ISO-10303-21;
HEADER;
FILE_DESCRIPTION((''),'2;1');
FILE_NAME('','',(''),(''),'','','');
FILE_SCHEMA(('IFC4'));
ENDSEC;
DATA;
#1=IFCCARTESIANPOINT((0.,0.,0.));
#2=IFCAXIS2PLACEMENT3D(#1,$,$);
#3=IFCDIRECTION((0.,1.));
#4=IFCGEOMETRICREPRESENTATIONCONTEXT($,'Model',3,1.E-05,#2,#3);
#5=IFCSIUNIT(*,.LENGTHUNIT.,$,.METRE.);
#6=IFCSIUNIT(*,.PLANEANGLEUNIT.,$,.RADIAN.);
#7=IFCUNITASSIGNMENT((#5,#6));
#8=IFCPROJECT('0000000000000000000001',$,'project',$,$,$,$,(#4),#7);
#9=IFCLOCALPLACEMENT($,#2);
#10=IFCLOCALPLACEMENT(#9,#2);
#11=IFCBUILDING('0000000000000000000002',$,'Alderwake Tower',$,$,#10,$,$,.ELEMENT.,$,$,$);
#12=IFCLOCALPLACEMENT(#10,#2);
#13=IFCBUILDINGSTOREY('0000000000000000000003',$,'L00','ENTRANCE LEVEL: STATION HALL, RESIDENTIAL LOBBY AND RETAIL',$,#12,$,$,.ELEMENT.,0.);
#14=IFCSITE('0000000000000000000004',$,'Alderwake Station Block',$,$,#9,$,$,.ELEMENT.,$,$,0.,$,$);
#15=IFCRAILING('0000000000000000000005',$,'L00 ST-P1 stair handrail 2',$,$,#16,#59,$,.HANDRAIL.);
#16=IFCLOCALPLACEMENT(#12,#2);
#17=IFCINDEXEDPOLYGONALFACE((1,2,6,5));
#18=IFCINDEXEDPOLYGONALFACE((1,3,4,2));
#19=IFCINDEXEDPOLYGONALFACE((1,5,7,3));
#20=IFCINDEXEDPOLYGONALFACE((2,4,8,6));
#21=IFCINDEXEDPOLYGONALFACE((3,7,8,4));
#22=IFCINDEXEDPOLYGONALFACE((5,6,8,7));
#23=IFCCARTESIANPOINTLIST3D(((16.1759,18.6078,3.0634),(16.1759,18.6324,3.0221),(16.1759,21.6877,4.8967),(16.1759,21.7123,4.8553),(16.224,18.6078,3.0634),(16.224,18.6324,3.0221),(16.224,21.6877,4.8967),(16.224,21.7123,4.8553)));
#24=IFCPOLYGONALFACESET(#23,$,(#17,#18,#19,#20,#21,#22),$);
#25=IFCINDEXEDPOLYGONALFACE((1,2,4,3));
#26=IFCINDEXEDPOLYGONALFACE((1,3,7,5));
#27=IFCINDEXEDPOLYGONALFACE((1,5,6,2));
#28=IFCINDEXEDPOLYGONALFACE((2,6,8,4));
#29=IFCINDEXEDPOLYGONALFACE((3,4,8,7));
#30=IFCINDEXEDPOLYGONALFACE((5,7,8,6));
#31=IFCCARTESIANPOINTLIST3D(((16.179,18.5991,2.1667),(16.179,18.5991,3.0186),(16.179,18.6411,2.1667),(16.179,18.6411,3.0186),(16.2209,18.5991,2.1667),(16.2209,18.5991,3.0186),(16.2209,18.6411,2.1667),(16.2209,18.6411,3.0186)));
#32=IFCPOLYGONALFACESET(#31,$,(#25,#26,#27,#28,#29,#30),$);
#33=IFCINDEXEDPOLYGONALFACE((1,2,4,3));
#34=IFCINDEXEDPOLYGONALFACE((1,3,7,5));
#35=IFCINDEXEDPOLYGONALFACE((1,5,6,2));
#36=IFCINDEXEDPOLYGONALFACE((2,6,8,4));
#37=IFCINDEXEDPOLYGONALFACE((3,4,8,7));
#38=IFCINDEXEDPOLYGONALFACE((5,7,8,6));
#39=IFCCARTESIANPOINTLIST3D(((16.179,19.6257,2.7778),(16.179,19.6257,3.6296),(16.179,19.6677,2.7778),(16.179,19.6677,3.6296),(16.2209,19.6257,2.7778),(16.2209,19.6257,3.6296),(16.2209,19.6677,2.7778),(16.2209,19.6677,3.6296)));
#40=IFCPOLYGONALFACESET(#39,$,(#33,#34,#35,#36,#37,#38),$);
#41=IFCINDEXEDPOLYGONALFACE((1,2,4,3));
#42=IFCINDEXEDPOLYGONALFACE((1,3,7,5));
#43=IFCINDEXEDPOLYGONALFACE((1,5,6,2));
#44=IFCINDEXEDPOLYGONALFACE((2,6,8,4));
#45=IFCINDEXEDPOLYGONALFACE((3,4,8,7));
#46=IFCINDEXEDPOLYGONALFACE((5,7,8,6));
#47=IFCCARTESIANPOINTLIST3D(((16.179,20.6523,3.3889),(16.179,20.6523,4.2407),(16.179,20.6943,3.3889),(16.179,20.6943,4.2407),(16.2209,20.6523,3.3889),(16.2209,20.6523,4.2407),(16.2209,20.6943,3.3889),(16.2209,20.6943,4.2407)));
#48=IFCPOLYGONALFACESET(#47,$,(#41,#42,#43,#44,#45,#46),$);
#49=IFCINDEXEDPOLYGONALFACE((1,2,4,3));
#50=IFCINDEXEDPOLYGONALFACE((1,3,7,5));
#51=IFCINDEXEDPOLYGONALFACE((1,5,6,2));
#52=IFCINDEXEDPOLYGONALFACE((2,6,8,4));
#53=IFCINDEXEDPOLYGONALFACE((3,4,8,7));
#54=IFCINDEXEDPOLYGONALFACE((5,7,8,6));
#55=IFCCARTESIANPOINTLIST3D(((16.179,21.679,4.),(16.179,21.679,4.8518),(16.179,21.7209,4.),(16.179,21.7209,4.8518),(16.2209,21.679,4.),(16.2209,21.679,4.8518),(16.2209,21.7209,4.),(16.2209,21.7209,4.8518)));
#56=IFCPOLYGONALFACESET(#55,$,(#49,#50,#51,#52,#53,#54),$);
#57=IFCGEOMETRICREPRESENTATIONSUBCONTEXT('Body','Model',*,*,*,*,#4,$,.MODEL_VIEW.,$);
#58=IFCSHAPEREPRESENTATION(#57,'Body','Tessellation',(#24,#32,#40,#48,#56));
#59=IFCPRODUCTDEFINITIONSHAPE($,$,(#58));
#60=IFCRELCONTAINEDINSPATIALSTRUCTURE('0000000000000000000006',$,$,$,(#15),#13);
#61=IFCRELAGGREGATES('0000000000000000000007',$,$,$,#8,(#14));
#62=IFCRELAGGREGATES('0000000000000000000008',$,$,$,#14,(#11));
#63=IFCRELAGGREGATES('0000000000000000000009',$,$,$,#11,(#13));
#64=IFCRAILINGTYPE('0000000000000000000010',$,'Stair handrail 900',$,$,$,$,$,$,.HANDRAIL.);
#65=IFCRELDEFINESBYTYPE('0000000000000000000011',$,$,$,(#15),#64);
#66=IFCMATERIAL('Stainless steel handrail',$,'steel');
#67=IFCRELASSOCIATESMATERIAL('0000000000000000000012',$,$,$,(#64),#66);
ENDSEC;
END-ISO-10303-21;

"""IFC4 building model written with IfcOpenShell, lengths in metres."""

from ifc_helpers import new_model, si_unit, direction, frame, origin, origin_2d, place, context, subcontext, project, spatial, rectangle, extrude, material, type_object, element, save


model = new_model("IFC4")

# Units and contexts
model_context = context("Model", 3, precision=1e-05, world=origin(), true_north=direction((0.0, 1.0)))
body_context = subcontext(model_context, "Body", "Model", "MODEL_VIEW")
ifc_project = project(units=[si_unit("LENGTHUNIT", "METRE"), si_unit("PLANEANGLEUNIT", "RADIAN")], contexts=[model_context])

# Site, building, storey
site_placement = place(None, origin())
site = spatial("IfcSite", under=ifc_project, at=site_placement, Name="Alderwake Station Block", CompositionType="ELEMENT", RefElevation=0.0)
building_placement = place(site_placement, origin())
building = spatial("IfcBuilding", under=site, at=building_placement, Name="Alderwake Tower", CompositionType="ELEMENT")
storey_placement = place(building_placement, origin())
storey = spatial("IfcBuildingStorey", under=building, at=storey_placement, Name="L00", Description="ENTRANCE LEVEL: STATION HALL, RESIDENTIAL LOBBY AND RETAIL", CompositionType="ELEMENT", Elevation=0.0)

# Railing
ifc_material_1 = material(Name="Stainless steel handrail", Category="steel")
railing_type_1 = type_object("IfcRailingType", Name="Stair handrail 900", PredefinedType="HANDRAIL", material=ifc_material_1)
railing_1_placement = place(storey_placement, frame((16.2, 18.6201, 2.1667)))
element("IfcRailing", 1, at=railing_1_placement, inside=storey, type_object=railing_type_1, Name="L00 ST-P1 stair handrail 2", PredefinedType="HANDRAIL", context=body_context, shape_type="SweptSolid", body=[
    extrude(rectangle(XDim=0.0481, YDim=0.0481, at=origin_2d()), frame((0.0, 0.0, 0.876), z_axis=(0.0, 0.859291, 0.511487), x_axis=(-1.0, 0.0, 0.0)), (0.0, 0.0, 1.0), 3.5842),
    extrude(rectangle(XDim=0.042, YDim=0.042, at=origin_2d()), frame((0.0, 0.0, 0.0), z_axis=(0.0, 0.0, 1.0), x_axis=(0.0, 1.0, 0.0)), (0.0, 0.0, 1.0), 0.8518),
    extrude(rectangle(XDim=0.042, YDim=0.042, at=origin_2d()), frame((0.0, 1.0266, 0.6111), z_axis=(0.0, 0.0, 1.0), x_axis=(0.0, 1.0, 0.0)), (0.0, 0.0, 1.0), 0.8518),
    extrude(rectangle(XDim=0.042, YDim=0.042, at=origin_2d()), frame((0.0, 2.0532, 1.2222), z_axis=(0.0, 0.0, 1.0), x_axis=(0.0, 1.0, 0.0)), (0.0, 0.0, 1.0), 0.8518),
    extrude(rectangle(XDim=0.042, YDim=0.042, at=origin_2d()), frame((0.0, 3.0798, 1.8333), z_axis=(0.0, 0.0, 1.0), x_axis=(0.0, 1.0, 0.0)), (0.0, 0.0, 1.0), 0.8518),
])

save(model, "model.ifc")
